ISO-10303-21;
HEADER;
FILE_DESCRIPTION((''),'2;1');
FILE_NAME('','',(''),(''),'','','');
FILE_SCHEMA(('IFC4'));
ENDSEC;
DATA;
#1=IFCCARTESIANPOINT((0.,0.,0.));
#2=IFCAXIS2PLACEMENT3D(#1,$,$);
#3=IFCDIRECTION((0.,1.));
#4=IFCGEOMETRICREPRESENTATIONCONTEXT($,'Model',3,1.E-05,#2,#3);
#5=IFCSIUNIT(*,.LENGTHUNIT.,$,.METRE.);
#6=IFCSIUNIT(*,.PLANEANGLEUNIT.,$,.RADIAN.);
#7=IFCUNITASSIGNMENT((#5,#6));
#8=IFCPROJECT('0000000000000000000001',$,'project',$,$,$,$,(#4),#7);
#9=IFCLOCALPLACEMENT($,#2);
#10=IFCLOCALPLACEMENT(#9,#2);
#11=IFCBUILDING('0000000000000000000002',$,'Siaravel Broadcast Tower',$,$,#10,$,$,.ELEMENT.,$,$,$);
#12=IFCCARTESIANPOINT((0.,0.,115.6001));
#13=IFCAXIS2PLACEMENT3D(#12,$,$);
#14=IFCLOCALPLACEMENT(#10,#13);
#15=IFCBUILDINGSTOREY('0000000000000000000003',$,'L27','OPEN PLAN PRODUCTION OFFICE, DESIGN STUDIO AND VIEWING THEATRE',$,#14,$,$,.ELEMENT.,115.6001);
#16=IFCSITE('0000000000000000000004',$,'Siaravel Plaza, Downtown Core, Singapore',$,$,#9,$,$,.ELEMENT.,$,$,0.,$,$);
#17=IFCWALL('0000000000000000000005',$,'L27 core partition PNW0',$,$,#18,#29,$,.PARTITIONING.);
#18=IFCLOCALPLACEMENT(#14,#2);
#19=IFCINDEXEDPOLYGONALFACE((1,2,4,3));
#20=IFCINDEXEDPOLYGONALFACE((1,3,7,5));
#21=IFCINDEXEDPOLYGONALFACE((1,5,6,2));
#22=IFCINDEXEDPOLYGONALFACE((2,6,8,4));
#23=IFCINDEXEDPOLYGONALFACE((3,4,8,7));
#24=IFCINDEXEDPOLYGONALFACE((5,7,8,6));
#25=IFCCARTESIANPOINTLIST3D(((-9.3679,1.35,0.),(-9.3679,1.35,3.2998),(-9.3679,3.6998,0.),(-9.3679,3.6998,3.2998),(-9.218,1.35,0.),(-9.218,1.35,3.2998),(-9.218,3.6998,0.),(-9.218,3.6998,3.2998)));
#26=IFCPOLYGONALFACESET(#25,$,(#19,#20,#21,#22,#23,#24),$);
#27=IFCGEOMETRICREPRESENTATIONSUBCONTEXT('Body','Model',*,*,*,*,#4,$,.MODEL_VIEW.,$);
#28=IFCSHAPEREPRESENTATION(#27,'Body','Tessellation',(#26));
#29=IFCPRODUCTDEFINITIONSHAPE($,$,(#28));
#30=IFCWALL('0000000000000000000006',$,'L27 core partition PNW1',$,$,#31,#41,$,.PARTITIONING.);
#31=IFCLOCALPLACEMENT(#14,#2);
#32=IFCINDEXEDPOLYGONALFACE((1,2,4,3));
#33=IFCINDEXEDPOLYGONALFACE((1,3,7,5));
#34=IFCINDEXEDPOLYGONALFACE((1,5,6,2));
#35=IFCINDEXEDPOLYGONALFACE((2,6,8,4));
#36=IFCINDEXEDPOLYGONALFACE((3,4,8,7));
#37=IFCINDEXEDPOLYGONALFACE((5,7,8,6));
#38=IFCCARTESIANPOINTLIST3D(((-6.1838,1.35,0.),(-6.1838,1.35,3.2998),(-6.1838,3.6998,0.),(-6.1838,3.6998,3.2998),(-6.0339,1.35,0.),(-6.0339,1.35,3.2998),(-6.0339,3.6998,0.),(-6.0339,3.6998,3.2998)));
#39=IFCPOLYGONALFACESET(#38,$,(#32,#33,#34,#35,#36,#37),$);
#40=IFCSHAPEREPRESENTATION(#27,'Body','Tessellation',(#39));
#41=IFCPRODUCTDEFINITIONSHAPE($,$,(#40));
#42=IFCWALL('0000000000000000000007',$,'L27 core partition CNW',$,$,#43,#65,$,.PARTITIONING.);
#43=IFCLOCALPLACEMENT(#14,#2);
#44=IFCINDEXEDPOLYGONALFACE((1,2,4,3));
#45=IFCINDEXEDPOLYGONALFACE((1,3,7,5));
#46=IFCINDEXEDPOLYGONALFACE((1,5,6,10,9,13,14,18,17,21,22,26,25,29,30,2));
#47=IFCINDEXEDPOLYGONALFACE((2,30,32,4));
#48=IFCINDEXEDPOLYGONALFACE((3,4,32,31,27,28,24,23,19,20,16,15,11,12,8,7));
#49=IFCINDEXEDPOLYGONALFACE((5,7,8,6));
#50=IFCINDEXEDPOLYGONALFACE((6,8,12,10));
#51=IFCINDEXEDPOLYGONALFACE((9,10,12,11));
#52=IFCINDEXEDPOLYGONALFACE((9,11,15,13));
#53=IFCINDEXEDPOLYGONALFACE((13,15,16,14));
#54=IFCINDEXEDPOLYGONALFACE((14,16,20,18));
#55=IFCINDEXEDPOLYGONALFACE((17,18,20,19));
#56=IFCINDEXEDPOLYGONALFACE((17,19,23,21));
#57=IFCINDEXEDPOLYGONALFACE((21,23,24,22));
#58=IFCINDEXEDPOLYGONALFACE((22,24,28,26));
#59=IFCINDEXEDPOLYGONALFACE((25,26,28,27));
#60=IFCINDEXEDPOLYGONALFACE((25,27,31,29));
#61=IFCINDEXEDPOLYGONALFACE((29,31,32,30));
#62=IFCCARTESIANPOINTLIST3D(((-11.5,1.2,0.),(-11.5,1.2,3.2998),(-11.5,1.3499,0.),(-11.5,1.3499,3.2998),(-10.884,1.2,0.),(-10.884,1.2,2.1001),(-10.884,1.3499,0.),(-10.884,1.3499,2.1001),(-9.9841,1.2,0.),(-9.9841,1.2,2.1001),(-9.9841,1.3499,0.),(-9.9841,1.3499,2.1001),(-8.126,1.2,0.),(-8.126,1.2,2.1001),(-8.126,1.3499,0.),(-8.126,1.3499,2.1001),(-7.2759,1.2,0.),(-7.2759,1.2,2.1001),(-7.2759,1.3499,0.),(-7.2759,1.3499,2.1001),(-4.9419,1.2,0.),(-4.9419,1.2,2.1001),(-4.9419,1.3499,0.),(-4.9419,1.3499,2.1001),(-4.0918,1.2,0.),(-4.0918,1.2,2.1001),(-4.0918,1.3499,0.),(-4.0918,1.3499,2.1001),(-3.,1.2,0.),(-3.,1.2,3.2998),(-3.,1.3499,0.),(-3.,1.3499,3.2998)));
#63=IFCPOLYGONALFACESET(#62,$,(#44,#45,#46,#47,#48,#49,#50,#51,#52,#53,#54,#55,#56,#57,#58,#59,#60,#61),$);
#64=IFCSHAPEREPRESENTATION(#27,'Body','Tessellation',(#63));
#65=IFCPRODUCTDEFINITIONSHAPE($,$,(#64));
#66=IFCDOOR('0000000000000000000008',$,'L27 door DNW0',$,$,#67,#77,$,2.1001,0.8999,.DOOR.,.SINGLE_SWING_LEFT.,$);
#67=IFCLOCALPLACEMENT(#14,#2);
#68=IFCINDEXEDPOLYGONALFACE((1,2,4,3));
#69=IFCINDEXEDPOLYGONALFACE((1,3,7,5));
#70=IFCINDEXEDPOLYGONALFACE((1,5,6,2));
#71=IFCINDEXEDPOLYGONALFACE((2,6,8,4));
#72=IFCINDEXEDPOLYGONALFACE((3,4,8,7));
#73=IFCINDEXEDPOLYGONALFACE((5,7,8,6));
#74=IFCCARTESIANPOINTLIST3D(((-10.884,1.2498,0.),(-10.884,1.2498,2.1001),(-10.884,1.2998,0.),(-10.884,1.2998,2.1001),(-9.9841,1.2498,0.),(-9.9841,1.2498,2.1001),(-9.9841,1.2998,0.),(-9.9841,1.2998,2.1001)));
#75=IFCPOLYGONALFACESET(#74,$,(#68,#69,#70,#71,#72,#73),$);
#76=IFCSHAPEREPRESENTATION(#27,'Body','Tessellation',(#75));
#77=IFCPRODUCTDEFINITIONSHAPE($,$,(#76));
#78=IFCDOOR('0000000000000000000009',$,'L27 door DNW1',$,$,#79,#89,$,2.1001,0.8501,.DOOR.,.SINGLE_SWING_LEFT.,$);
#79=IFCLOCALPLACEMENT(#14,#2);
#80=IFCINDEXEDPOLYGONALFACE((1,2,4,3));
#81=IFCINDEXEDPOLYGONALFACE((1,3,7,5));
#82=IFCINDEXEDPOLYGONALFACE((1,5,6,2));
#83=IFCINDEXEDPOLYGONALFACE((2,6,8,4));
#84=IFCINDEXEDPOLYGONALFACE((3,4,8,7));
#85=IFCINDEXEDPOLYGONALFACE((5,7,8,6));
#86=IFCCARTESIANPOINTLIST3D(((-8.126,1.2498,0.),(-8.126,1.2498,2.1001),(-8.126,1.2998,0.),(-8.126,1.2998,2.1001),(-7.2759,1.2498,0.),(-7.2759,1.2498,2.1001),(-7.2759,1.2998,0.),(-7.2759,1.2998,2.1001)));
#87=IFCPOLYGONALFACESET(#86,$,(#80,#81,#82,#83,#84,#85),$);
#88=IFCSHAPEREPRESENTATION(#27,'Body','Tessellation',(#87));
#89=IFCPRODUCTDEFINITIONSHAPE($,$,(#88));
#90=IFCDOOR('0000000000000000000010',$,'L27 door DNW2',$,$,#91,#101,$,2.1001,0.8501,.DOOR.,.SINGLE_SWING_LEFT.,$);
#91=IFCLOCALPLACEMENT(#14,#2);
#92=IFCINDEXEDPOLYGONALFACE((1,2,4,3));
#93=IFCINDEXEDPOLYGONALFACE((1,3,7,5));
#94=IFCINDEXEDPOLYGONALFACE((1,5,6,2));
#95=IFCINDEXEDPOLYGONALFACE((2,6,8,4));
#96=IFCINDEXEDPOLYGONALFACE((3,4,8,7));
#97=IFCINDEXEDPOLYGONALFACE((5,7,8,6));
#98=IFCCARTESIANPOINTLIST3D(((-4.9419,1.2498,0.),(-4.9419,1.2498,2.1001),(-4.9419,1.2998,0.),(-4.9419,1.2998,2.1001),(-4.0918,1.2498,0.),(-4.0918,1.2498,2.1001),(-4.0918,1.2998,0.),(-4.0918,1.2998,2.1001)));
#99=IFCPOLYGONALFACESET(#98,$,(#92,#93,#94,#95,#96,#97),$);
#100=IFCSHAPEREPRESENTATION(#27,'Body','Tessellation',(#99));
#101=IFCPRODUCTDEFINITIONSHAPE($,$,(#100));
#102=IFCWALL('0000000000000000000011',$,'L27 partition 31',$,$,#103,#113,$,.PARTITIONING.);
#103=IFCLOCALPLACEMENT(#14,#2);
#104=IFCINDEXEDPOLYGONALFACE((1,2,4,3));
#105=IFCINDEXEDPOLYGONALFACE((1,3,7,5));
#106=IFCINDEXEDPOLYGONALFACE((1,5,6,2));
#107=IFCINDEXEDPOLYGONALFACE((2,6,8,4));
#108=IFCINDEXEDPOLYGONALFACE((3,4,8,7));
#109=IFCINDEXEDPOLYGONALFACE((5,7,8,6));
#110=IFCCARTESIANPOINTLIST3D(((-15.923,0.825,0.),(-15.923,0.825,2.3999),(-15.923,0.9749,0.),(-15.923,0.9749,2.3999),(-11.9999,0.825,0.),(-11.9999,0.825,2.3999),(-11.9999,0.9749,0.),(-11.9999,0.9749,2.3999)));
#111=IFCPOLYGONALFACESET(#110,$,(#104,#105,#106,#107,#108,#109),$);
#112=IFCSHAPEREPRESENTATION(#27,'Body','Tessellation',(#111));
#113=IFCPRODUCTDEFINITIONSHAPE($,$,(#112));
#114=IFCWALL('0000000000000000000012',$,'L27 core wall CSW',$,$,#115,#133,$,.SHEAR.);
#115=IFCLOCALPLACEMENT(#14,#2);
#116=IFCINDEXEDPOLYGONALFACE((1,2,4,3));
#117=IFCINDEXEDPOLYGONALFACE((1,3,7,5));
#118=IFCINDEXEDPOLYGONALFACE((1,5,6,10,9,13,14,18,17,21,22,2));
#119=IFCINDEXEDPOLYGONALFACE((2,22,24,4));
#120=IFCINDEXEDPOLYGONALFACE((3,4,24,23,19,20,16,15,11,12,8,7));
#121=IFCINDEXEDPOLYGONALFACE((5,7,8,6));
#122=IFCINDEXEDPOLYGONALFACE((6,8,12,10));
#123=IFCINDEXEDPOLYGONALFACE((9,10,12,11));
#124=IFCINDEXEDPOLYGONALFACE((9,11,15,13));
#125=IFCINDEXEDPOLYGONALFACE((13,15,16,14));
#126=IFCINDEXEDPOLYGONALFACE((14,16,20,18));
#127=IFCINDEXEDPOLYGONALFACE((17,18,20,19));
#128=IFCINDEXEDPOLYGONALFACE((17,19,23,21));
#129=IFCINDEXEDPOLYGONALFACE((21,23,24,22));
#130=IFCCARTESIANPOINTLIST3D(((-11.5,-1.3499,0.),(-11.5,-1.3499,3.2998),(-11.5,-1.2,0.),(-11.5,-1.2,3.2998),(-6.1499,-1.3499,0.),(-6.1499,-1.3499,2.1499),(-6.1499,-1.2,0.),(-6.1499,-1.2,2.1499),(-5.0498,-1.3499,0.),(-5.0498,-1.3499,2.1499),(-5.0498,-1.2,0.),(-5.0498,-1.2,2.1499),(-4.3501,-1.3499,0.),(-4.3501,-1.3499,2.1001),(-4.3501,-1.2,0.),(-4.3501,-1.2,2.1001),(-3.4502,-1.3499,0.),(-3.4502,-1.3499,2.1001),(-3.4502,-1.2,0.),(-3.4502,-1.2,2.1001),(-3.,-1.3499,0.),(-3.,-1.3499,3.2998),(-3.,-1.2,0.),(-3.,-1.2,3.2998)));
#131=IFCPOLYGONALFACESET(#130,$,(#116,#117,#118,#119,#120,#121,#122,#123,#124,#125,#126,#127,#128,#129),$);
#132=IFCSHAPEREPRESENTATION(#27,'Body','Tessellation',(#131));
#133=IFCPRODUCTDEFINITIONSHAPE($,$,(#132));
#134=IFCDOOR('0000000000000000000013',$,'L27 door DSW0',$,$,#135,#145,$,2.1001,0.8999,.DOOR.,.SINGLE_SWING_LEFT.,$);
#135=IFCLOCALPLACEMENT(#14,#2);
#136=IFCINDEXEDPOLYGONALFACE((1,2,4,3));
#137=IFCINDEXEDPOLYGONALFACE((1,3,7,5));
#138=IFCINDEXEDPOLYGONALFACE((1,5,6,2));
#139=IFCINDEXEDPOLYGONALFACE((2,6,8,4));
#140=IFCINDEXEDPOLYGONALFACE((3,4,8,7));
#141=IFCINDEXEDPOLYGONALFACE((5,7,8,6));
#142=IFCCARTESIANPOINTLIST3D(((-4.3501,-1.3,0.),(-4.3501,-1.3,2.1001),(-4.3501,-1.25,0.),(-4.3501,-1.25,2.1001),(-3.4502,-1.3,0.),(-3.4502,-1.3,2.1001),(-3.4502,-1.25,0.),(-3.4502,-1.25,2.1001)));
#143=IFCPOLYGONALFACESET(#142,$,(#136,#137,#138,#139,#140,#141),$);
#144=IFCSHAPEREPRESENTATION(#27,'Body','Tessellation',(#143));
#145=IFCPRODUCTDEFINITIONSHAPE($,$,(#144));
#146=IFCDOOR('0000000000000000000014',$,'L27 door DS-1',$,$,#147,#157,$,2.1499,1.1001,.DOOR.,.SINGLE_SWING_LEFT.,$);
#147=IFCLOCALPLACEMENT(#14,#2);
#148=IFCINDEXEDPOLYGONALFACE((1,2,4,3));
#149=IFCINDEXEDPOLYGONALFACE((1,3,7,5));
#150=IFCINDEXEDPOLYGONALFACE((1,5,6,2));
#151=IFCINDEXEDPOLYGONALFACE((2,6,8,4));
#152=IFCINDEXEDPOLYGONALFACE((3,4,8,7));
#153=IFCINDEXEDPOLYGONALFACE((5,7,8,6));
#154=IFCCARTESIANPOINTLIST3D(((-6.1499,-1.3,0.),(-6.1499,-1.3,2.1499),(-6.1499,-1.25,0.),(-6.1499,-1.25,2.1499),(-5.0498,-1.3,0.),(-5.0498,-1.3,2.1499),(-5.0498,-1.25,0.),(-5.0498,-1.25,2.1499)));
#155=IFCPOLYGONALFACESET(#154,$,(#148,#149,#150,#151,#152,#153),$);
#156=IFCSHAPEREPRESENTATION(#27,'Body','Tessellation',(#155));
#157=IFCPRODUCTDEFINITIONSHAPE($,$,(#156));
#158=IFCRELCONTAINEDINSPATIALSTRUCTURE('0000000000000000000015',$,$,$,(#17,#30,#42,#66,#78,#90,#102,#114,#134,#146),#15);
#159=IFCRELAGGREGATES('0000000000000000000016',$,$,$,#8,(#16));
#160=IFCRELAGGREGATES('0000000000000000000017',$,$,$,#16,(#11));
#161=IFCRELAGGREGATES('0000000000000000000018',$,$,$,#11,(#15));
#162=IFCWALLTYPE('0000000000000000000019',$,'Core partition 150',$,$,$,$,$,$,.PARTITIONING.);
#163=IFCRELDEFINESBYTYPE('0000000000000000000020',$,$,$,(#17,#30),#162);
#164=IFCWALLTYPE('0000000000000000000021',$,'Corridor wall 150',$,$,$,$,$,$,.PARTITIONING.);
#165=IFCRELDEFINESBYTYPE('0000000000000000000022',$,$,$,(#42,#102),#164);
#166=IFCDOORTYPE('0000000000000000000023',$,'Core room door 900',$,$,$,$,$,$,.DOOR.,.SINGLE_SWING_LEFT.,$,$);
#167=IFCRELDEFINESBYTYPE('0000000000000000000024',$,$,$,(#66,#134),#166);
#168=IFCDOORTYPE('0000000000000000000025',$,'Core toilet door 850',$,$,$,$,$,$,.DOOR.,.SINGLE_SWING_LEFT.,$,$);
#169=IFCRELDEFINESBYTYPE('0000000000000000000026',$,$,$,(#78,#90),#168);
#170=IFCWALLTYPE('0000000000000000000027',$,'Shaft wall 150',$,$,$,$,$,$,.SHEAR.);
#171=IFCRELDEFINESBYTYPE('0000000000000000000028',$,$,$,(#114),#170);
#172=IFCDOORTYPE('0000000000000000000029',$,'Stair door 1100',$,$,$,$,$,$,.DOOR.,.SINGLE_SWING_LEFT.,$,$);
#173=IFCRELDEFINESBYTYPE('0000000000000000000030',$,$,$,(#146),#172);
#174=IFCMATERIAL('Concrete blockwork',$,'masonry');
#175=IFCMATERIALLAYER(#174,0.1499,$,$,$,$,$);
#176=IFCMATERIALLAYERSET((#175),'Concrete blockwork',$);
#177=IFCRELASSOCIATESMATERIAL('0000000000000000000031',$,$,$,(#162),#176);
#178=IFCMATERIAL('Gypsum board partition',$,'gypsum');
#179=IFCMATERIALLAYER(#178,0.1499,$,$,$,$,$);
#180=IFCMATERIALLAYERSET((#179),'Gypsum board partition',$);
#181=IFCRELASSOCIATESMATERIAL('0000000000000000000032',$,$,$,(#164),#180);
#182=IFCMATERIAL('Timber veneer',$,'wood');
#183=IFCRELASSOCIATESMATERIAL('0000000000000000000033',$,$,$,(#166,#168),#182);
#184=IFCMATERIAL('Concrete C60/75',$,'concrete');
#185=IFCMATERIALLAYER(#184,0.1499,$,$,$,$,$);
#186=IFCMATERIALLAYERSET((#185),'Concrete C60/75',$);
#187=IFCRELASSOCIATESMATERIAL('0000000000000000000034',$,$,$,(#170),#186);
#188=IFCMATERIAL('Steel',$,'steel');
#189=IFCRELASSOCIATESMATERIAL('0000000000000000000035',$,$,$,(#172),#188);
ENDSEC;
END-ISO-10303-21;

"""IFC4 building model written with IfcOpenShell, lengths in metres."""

from ifc_helpers import new_model, si_unit, direction, frame, frame_2d, origin, place, context, subcontext, project, spatial, rectangle, extrude, material, layer, layer_set, type_object, element, fill, save


model = new_model("IFC4")

# Units and contexts
model_context = context("Model", 3, precision=1e-05, world=origin(), true_north=direction((0.0, 1.0)))
body_context = subcontext(model_context, "Body", "Model", "MODEL_VIEW")
ifc_project = project(units=[si_unit("LENGTHUNIT", "METRE"), si_unit("PLANEANGLEUNIT", "RADIAN")], contexts=[model_context])

# Site, building, storey
site_placement = place(None, origin())
site = spatial("IfcSite", under=ifc_project, at=site_placement, Name="Siaravel Plaza, Downtown Core, Singapore", CompositionType="ELEMENT", RefElevation=0.0)
building_placement = place(site_placement, origin())
building = spatial("IfcBuilding", under=site, at=building_placement, Name="Siaravel Broadcast Tower", CompositionType="ELEMENT")
storey_placement = place(building_placement, frame((0.0, 0.0, 115.6001)))
storey = spatial("IfcBuildingStorey", under=building, at=storey_placement, Name="L27", Description="OPEN PLAN PRODUCTION OFFICE, DESIGN STUDIO AND VIEWING THEATRE", CompositionType="ELEMENT", Elevation=115.6001)

# Walls
ifc_material_1 = material(Name="Concrete blockwork", Category="masonry")
ifc_layer_1 = layer(ifc_material_1, 0.1499)
ifc_layer_set_1 = layer_set([ifc_layer_1], Name="Concrete blockwork")
wall_type_1 = type_object("IfcWallType", Name="Core partition 150", PredefinedType="PARTITIONING", material=ifc_layer_set_1)
for number, where, z_axis, x_axis, name in (
    (1, (-9.293, 1.3501, 0.0), (0.0, 0.0, 1.0), (0.0, 1.0, 0.0), "L27 core partition PNW0"),
    (2, (-6.1089, 1.3501, 0.0), (0.0, 0.0, 1.0), (0.0, 1.0, 0.0), "L27 core partition PNW1"),
):
    element("IfcWall", number, at=place(storey_placement, frame(where, z_axis=z_axis, x_axis=x_axis)), inside=storey, type_object=wall_type_1, Name=name, PredefinedType="PARTITIONING", context=body_context, shape_type="SweptSolid", body=[
        extrude(rectangle(XDim=2.3499, YDim=0.1499, at=frame_2d((1.1748, 0.0))), origin(), (0.0, 0.0, 1.0), 3.2998),
    ])

# Wall, openings, doors
ifc_material_2 = material(Name="Gypsum board partition", Category="gypsum")
ifc_layer_2 = layer(ifc_material_2, 0.1499)
ifc_layer_set_2 = layer_set([ifc_layer_2], Name="Gypsum board partition")
wall_type_2 = type_object("IfcWallType", Name="Corridor wall 150", PredefinedType="PARTITIONING", material=ifc_layer_set_2)
wall_1_placement = place(storey_placement, frame((-11.5, 1.2749, 0.0), z_axis=(0.0, 0.0, 1.0), x_axis=(1.0, 0.0, 0.0)))
wall_1 = element("IfcWall", 3, at=wall_1_placement, inside=storey, type_object=wall_type_2, Name="L27 core partition CNW", PredefinedType="PARTITIONING", context=body_context, shape_type="SweptSolid", body=[
    extrude(rectangle(XDim=8.5, YDim=0.1499, at=frame_2d((4.25, 0.0))), origin(), (0.0, 0.0, 1.0), 3.2998),
])
opening_1_placement = place(wall_1_placement, frame((0.616, 0.0, 0.0)))
opening_1 = element("IfcOpeningElement", 4, at=opening_1_placement, cuts=wall_1, PredefinedType="OPENING", context=body_context, shape_type="SweptSolid", body=[
    extrude(rectangle(XDim=0.8999, YDim=2.1001, at=frame_2d((0.45, 1.05))), frame((0.0, 0.085, 0.0), z_axis=(0.0, -1.0, 0.0), x_axis=(1.0, 0.0, 0.0)), (0.0, 0.0, 1.0), 0.1699),
])
opening_2_placement = place(wall_1_placement, frame((3.374, 0.0, 0.0)))
opening_2 = element("IfcOpeningElement", 5, at=opening_2_placement, cuts=wall_1, PredefinedType="OPENING", context=body_context, shape_type="SweptSolid", body=[
    extrude(rectangle(XDim=0.8501, YDim=2.1001, at=frame_2d((0.425, 1.05))), frame((0.0, 0.085, 0.0), z_axis=(0.0, -1.0, 0.0), x_axis=(1.0, 0.0, 0.0)), (0.0, 0.0, 1.0), 0.1699),
])
opening_3_placement = place(wall_1_placement, frame((6.5581, 0.0, 0.0)))
opening_3 = element("IfcOpeningElement", 6, at=opening_3_placement, cuts=wall_1, PredefinedType="OPENING", context=body_context, shape_type="SweptSolid", body=[
    extrude(rectangle(XDim=0.8501, YDim=2.1001, at=frame_2d((0.425, 1.05))), frame((0.0, 0.085, 0.0), z_axis=(0.0, -1.0, 0.0), x_axis=(1.0, 0.0, 0.0)), (0.0, 0.0, 1.0), 0.1699),
])
ifc_material_3 = material(Name="Timber veneer", Category="wood")
door_type_1 = type_object("IfcDoorType", Name="Core room door 900", OperationType="SINGLE_SWING_LEFT", PredefinedType="DOOR", material=ifc_material_3)
door_1_placement = place(opening_1_placement, origin())
door_1 = element("IfcDoor", 7, at=door_1_placement, inside=storey, type_object=door_type_1, Name="L27 door DNW0", OperationType="SINGLE_SWING_LEFT", OverallHeight=2.1001, OverallWidth=0.8999, PredefinedType="DOOR", context=body_context, shape_type="SweptSolid", body=[
    extrude(rectangle(XDim=0.8999, YDim=2.1001, at=frame_2d((0.45, 1.05))), frame((0.0, 0.0249, 0.0), z_axis=(0.0, -1.0, 0.0), x_axis=(1.0, 0.0, 0.0)), (0.0, 0.0, 1.0), 0.05),
])
fill(opening_1, door_1)
door_type_2 = type_object("IfcDoorType", Name="Core toilet door 850", OperationType="SINGLE_SWING_LEFT", PredefinedType="DOOR", material=ifc_material_3)
door_2_placement = place(opening_2_placement, origin())
door_2 = element("IfcDoor", 8, at=door_2_placement, inside=storey, type_object=door_type_2, Name="L27 door DNW1", OperationType="SINGLE_SWING_LEFT", OverallHeight=2.1001, OverallWidth=0.8501, PredefinedType="DOOR", context=body_context, shape_type="SweptSolid", body=[
    extrude(rectangle(XDim=0.8501, YDim=2.1001, at=frame_2d((0.425, 1.05))), frame((0.0, 0.0249, 0.0), z_axis=(0.0, -1.0, 0.0), x_axis=(1.0, 0.0, 0.0)), (0.0, 0.0, 1.0), 0.05),
])
fill(opening_2, door_2)
door_3_placement = place(opening_3_placement, origin())
door_3 = element("IfcDoor", 9, at=door_3_placement, inside=storey, type_object=door_type_2, Name="L27 door DNW2", OperationType="SINGLE_SWING_LEFT", OverallHeight=2.1001, OverallWidth=0.8501, PredefinedType="DOOR", context=body_context, shape_type="SweptSolid", body=[
    extrude(rectangle(XDim=0.8501, YDim=2.1001, at=frame_2d((0.425, 1.05))), frame((0.0, 0.0249, 0.0), z_axis=(0.0, -1.0, 0.0), x_axis=(1.0, 0.0, 0.0)), (0.0, 0.0, 1.0), 0.05),
])
fill(opening_3, door_3)

# Wall
wall_2_placement = place(storey_placement, frame((-12.0, 0.8999, 0.0), z_axis=(0.0, 0.0, 1.0), x_axis=(-1.0, 0.0, 0.0)))
element("IfcWall", 10, at=wall_2_placement, inside=storey, type_object=wall_type_2, Name="L27 partition 31", PredefinedType="PARTITIONING", context=body_context, shape_type="SweptSolid", body=[
    extrude(rectangle(XDim=3.9231, YDim=0.1499, at=frame_2d((1.9614, 0.0))), origin(), (0.0, 0.0, 1.0), 2.3999),
])

# Wall, openings, doors
ifc_material_4 = material(Name="Concrete C60/75", Category="concrete")
ifc_layer_3 = layer(ifc_material_4, 0.1499)
ifc_layer_set_3 = layer_set([ifc_layer_3], Name="Concrete C60/75")
wall_type_3 = type_object("IfcWallType", Name="Shaft wall 150", PredefinedType="SHEAR", material=ifc_layer_set_3)
wall_3_placement = place(storey_placement, frame((-11.5, -1.2749, 0.0), z_axis=(0.0, 0.0, 1.0), x_axis=(1.0, 0.0, 0.0)))
wall_3 = element("IfcWall", 11, at=wall_3_placement, inside=storey, type_object=wall_type_3, Name="L27 core wall CSW", PredefinedType="SHEAR", context=body_context, shape_type="SweptSolid", body=[
    extrude(rectangle(XDim=8.5, YDim=0.1499, at=frame_2d((4.25, 0.0))), origin(), (0.0, 0.0, 1.0), 3.2998),
])
opening_4_placement = place(wall_3_placement, frame((5.3501, 0.0, 0.0)))
opening_4 = element("IfcOpeningElement", 12, at=opening_4_placement, cuts=wall_3, PredefinedType="OPENING", context=body_context, shape_type="SweptSolid", body=[
    extrude(rectangle(XDim=1.1001, YDim=2.1499, at=frame_2d((0.55, 1.075))), frame((0.0, 0.085, 0.0), z_axis=(0.0, -1.0, 0.0), x_axis=(1.0, 0.0, 0.0)), (0.0, 0.0, 1.0), 0.1699),
])
opening_5_placement = place(wall_3_placement, frame((7.1499, 0.0, 0.0)))
opening_5 = element("IfcOpeningElement", 13, at=opening_5_placement, cuts=wall_3, PredefinedType="OPENING", context=body_context, shape_type="SweptSolid", body=[
    extrude(rectangle(XDim=0.8999, YDim=2.1001, at=frame_2d((0.45, 1.05))), frame((0.0, 0.085, 0.0), z_axis=(0.0, -1.0, 0.0), x_axis=(1.0, 0.0, 0.0)), (0.0, 0.0, 1.0), 0.1699),
])
door_4_placement = place(opening_5_placement, origin())
door_4 = element("IfcDoor", 14, at=door_4_placement, inside=storey, type_object=door_type_1, Name="L27 door DSW0", OperationType="SINGLE_SWING_LEFT", OverallHeight=2.1001, OverallWidth=0.8999, PredefinedType="DOOR", context=body_context, shape_type="SweptSolid", body=[
    extrude(rectangle(XDim=0.8999, YDim=2.1001, at=frame_2d((0.45, 1.05))), frame((0.0, 0.0249, 0.0), z_axis=(0.0, -1.0, 0.0), x_axis=(1.0, 0.0, 0.0)), (0.0, 0.0, 1.0), 0.05),
])
fill(opening_5, door_4)
ifc_material_5 = material(Name="Steel", Category="steel")
door_type_3 = type_object("IfcDoorType", Name="Stair door 1100", OperationType="SINGLE_SWING_LEFT", PredefinedType="DOOR", material=ifc_material_5)
door_5_placement = place(opening_4_placement, origin())
door_5 = element("IfcDoor", 15, at=door_5_placement, inside=storey, type_object=door_type_3, Name="L27 door DS-1", OperationType="SINGLE_SWING_LEFT", OverallHeight=2.1499, OverallWidth=1.1001, PredefinedType="DOOR", context=body_context, shape_type="SweptSolid", body=[
    extrude(rectangle(XDim=1.1001, YDim=2.1499, at=frame_2d((0.55, 1.075))), frame((0.0, 0.0249, 0.0), z_axis=(0.0, -1.0, 0.0), x_axis=(1.0, 0.0, 0.0)), (0.0, 0.0, 1.0), 0.05),
])
fill(opening_4, door_5)

save(model, "model.ifc")
